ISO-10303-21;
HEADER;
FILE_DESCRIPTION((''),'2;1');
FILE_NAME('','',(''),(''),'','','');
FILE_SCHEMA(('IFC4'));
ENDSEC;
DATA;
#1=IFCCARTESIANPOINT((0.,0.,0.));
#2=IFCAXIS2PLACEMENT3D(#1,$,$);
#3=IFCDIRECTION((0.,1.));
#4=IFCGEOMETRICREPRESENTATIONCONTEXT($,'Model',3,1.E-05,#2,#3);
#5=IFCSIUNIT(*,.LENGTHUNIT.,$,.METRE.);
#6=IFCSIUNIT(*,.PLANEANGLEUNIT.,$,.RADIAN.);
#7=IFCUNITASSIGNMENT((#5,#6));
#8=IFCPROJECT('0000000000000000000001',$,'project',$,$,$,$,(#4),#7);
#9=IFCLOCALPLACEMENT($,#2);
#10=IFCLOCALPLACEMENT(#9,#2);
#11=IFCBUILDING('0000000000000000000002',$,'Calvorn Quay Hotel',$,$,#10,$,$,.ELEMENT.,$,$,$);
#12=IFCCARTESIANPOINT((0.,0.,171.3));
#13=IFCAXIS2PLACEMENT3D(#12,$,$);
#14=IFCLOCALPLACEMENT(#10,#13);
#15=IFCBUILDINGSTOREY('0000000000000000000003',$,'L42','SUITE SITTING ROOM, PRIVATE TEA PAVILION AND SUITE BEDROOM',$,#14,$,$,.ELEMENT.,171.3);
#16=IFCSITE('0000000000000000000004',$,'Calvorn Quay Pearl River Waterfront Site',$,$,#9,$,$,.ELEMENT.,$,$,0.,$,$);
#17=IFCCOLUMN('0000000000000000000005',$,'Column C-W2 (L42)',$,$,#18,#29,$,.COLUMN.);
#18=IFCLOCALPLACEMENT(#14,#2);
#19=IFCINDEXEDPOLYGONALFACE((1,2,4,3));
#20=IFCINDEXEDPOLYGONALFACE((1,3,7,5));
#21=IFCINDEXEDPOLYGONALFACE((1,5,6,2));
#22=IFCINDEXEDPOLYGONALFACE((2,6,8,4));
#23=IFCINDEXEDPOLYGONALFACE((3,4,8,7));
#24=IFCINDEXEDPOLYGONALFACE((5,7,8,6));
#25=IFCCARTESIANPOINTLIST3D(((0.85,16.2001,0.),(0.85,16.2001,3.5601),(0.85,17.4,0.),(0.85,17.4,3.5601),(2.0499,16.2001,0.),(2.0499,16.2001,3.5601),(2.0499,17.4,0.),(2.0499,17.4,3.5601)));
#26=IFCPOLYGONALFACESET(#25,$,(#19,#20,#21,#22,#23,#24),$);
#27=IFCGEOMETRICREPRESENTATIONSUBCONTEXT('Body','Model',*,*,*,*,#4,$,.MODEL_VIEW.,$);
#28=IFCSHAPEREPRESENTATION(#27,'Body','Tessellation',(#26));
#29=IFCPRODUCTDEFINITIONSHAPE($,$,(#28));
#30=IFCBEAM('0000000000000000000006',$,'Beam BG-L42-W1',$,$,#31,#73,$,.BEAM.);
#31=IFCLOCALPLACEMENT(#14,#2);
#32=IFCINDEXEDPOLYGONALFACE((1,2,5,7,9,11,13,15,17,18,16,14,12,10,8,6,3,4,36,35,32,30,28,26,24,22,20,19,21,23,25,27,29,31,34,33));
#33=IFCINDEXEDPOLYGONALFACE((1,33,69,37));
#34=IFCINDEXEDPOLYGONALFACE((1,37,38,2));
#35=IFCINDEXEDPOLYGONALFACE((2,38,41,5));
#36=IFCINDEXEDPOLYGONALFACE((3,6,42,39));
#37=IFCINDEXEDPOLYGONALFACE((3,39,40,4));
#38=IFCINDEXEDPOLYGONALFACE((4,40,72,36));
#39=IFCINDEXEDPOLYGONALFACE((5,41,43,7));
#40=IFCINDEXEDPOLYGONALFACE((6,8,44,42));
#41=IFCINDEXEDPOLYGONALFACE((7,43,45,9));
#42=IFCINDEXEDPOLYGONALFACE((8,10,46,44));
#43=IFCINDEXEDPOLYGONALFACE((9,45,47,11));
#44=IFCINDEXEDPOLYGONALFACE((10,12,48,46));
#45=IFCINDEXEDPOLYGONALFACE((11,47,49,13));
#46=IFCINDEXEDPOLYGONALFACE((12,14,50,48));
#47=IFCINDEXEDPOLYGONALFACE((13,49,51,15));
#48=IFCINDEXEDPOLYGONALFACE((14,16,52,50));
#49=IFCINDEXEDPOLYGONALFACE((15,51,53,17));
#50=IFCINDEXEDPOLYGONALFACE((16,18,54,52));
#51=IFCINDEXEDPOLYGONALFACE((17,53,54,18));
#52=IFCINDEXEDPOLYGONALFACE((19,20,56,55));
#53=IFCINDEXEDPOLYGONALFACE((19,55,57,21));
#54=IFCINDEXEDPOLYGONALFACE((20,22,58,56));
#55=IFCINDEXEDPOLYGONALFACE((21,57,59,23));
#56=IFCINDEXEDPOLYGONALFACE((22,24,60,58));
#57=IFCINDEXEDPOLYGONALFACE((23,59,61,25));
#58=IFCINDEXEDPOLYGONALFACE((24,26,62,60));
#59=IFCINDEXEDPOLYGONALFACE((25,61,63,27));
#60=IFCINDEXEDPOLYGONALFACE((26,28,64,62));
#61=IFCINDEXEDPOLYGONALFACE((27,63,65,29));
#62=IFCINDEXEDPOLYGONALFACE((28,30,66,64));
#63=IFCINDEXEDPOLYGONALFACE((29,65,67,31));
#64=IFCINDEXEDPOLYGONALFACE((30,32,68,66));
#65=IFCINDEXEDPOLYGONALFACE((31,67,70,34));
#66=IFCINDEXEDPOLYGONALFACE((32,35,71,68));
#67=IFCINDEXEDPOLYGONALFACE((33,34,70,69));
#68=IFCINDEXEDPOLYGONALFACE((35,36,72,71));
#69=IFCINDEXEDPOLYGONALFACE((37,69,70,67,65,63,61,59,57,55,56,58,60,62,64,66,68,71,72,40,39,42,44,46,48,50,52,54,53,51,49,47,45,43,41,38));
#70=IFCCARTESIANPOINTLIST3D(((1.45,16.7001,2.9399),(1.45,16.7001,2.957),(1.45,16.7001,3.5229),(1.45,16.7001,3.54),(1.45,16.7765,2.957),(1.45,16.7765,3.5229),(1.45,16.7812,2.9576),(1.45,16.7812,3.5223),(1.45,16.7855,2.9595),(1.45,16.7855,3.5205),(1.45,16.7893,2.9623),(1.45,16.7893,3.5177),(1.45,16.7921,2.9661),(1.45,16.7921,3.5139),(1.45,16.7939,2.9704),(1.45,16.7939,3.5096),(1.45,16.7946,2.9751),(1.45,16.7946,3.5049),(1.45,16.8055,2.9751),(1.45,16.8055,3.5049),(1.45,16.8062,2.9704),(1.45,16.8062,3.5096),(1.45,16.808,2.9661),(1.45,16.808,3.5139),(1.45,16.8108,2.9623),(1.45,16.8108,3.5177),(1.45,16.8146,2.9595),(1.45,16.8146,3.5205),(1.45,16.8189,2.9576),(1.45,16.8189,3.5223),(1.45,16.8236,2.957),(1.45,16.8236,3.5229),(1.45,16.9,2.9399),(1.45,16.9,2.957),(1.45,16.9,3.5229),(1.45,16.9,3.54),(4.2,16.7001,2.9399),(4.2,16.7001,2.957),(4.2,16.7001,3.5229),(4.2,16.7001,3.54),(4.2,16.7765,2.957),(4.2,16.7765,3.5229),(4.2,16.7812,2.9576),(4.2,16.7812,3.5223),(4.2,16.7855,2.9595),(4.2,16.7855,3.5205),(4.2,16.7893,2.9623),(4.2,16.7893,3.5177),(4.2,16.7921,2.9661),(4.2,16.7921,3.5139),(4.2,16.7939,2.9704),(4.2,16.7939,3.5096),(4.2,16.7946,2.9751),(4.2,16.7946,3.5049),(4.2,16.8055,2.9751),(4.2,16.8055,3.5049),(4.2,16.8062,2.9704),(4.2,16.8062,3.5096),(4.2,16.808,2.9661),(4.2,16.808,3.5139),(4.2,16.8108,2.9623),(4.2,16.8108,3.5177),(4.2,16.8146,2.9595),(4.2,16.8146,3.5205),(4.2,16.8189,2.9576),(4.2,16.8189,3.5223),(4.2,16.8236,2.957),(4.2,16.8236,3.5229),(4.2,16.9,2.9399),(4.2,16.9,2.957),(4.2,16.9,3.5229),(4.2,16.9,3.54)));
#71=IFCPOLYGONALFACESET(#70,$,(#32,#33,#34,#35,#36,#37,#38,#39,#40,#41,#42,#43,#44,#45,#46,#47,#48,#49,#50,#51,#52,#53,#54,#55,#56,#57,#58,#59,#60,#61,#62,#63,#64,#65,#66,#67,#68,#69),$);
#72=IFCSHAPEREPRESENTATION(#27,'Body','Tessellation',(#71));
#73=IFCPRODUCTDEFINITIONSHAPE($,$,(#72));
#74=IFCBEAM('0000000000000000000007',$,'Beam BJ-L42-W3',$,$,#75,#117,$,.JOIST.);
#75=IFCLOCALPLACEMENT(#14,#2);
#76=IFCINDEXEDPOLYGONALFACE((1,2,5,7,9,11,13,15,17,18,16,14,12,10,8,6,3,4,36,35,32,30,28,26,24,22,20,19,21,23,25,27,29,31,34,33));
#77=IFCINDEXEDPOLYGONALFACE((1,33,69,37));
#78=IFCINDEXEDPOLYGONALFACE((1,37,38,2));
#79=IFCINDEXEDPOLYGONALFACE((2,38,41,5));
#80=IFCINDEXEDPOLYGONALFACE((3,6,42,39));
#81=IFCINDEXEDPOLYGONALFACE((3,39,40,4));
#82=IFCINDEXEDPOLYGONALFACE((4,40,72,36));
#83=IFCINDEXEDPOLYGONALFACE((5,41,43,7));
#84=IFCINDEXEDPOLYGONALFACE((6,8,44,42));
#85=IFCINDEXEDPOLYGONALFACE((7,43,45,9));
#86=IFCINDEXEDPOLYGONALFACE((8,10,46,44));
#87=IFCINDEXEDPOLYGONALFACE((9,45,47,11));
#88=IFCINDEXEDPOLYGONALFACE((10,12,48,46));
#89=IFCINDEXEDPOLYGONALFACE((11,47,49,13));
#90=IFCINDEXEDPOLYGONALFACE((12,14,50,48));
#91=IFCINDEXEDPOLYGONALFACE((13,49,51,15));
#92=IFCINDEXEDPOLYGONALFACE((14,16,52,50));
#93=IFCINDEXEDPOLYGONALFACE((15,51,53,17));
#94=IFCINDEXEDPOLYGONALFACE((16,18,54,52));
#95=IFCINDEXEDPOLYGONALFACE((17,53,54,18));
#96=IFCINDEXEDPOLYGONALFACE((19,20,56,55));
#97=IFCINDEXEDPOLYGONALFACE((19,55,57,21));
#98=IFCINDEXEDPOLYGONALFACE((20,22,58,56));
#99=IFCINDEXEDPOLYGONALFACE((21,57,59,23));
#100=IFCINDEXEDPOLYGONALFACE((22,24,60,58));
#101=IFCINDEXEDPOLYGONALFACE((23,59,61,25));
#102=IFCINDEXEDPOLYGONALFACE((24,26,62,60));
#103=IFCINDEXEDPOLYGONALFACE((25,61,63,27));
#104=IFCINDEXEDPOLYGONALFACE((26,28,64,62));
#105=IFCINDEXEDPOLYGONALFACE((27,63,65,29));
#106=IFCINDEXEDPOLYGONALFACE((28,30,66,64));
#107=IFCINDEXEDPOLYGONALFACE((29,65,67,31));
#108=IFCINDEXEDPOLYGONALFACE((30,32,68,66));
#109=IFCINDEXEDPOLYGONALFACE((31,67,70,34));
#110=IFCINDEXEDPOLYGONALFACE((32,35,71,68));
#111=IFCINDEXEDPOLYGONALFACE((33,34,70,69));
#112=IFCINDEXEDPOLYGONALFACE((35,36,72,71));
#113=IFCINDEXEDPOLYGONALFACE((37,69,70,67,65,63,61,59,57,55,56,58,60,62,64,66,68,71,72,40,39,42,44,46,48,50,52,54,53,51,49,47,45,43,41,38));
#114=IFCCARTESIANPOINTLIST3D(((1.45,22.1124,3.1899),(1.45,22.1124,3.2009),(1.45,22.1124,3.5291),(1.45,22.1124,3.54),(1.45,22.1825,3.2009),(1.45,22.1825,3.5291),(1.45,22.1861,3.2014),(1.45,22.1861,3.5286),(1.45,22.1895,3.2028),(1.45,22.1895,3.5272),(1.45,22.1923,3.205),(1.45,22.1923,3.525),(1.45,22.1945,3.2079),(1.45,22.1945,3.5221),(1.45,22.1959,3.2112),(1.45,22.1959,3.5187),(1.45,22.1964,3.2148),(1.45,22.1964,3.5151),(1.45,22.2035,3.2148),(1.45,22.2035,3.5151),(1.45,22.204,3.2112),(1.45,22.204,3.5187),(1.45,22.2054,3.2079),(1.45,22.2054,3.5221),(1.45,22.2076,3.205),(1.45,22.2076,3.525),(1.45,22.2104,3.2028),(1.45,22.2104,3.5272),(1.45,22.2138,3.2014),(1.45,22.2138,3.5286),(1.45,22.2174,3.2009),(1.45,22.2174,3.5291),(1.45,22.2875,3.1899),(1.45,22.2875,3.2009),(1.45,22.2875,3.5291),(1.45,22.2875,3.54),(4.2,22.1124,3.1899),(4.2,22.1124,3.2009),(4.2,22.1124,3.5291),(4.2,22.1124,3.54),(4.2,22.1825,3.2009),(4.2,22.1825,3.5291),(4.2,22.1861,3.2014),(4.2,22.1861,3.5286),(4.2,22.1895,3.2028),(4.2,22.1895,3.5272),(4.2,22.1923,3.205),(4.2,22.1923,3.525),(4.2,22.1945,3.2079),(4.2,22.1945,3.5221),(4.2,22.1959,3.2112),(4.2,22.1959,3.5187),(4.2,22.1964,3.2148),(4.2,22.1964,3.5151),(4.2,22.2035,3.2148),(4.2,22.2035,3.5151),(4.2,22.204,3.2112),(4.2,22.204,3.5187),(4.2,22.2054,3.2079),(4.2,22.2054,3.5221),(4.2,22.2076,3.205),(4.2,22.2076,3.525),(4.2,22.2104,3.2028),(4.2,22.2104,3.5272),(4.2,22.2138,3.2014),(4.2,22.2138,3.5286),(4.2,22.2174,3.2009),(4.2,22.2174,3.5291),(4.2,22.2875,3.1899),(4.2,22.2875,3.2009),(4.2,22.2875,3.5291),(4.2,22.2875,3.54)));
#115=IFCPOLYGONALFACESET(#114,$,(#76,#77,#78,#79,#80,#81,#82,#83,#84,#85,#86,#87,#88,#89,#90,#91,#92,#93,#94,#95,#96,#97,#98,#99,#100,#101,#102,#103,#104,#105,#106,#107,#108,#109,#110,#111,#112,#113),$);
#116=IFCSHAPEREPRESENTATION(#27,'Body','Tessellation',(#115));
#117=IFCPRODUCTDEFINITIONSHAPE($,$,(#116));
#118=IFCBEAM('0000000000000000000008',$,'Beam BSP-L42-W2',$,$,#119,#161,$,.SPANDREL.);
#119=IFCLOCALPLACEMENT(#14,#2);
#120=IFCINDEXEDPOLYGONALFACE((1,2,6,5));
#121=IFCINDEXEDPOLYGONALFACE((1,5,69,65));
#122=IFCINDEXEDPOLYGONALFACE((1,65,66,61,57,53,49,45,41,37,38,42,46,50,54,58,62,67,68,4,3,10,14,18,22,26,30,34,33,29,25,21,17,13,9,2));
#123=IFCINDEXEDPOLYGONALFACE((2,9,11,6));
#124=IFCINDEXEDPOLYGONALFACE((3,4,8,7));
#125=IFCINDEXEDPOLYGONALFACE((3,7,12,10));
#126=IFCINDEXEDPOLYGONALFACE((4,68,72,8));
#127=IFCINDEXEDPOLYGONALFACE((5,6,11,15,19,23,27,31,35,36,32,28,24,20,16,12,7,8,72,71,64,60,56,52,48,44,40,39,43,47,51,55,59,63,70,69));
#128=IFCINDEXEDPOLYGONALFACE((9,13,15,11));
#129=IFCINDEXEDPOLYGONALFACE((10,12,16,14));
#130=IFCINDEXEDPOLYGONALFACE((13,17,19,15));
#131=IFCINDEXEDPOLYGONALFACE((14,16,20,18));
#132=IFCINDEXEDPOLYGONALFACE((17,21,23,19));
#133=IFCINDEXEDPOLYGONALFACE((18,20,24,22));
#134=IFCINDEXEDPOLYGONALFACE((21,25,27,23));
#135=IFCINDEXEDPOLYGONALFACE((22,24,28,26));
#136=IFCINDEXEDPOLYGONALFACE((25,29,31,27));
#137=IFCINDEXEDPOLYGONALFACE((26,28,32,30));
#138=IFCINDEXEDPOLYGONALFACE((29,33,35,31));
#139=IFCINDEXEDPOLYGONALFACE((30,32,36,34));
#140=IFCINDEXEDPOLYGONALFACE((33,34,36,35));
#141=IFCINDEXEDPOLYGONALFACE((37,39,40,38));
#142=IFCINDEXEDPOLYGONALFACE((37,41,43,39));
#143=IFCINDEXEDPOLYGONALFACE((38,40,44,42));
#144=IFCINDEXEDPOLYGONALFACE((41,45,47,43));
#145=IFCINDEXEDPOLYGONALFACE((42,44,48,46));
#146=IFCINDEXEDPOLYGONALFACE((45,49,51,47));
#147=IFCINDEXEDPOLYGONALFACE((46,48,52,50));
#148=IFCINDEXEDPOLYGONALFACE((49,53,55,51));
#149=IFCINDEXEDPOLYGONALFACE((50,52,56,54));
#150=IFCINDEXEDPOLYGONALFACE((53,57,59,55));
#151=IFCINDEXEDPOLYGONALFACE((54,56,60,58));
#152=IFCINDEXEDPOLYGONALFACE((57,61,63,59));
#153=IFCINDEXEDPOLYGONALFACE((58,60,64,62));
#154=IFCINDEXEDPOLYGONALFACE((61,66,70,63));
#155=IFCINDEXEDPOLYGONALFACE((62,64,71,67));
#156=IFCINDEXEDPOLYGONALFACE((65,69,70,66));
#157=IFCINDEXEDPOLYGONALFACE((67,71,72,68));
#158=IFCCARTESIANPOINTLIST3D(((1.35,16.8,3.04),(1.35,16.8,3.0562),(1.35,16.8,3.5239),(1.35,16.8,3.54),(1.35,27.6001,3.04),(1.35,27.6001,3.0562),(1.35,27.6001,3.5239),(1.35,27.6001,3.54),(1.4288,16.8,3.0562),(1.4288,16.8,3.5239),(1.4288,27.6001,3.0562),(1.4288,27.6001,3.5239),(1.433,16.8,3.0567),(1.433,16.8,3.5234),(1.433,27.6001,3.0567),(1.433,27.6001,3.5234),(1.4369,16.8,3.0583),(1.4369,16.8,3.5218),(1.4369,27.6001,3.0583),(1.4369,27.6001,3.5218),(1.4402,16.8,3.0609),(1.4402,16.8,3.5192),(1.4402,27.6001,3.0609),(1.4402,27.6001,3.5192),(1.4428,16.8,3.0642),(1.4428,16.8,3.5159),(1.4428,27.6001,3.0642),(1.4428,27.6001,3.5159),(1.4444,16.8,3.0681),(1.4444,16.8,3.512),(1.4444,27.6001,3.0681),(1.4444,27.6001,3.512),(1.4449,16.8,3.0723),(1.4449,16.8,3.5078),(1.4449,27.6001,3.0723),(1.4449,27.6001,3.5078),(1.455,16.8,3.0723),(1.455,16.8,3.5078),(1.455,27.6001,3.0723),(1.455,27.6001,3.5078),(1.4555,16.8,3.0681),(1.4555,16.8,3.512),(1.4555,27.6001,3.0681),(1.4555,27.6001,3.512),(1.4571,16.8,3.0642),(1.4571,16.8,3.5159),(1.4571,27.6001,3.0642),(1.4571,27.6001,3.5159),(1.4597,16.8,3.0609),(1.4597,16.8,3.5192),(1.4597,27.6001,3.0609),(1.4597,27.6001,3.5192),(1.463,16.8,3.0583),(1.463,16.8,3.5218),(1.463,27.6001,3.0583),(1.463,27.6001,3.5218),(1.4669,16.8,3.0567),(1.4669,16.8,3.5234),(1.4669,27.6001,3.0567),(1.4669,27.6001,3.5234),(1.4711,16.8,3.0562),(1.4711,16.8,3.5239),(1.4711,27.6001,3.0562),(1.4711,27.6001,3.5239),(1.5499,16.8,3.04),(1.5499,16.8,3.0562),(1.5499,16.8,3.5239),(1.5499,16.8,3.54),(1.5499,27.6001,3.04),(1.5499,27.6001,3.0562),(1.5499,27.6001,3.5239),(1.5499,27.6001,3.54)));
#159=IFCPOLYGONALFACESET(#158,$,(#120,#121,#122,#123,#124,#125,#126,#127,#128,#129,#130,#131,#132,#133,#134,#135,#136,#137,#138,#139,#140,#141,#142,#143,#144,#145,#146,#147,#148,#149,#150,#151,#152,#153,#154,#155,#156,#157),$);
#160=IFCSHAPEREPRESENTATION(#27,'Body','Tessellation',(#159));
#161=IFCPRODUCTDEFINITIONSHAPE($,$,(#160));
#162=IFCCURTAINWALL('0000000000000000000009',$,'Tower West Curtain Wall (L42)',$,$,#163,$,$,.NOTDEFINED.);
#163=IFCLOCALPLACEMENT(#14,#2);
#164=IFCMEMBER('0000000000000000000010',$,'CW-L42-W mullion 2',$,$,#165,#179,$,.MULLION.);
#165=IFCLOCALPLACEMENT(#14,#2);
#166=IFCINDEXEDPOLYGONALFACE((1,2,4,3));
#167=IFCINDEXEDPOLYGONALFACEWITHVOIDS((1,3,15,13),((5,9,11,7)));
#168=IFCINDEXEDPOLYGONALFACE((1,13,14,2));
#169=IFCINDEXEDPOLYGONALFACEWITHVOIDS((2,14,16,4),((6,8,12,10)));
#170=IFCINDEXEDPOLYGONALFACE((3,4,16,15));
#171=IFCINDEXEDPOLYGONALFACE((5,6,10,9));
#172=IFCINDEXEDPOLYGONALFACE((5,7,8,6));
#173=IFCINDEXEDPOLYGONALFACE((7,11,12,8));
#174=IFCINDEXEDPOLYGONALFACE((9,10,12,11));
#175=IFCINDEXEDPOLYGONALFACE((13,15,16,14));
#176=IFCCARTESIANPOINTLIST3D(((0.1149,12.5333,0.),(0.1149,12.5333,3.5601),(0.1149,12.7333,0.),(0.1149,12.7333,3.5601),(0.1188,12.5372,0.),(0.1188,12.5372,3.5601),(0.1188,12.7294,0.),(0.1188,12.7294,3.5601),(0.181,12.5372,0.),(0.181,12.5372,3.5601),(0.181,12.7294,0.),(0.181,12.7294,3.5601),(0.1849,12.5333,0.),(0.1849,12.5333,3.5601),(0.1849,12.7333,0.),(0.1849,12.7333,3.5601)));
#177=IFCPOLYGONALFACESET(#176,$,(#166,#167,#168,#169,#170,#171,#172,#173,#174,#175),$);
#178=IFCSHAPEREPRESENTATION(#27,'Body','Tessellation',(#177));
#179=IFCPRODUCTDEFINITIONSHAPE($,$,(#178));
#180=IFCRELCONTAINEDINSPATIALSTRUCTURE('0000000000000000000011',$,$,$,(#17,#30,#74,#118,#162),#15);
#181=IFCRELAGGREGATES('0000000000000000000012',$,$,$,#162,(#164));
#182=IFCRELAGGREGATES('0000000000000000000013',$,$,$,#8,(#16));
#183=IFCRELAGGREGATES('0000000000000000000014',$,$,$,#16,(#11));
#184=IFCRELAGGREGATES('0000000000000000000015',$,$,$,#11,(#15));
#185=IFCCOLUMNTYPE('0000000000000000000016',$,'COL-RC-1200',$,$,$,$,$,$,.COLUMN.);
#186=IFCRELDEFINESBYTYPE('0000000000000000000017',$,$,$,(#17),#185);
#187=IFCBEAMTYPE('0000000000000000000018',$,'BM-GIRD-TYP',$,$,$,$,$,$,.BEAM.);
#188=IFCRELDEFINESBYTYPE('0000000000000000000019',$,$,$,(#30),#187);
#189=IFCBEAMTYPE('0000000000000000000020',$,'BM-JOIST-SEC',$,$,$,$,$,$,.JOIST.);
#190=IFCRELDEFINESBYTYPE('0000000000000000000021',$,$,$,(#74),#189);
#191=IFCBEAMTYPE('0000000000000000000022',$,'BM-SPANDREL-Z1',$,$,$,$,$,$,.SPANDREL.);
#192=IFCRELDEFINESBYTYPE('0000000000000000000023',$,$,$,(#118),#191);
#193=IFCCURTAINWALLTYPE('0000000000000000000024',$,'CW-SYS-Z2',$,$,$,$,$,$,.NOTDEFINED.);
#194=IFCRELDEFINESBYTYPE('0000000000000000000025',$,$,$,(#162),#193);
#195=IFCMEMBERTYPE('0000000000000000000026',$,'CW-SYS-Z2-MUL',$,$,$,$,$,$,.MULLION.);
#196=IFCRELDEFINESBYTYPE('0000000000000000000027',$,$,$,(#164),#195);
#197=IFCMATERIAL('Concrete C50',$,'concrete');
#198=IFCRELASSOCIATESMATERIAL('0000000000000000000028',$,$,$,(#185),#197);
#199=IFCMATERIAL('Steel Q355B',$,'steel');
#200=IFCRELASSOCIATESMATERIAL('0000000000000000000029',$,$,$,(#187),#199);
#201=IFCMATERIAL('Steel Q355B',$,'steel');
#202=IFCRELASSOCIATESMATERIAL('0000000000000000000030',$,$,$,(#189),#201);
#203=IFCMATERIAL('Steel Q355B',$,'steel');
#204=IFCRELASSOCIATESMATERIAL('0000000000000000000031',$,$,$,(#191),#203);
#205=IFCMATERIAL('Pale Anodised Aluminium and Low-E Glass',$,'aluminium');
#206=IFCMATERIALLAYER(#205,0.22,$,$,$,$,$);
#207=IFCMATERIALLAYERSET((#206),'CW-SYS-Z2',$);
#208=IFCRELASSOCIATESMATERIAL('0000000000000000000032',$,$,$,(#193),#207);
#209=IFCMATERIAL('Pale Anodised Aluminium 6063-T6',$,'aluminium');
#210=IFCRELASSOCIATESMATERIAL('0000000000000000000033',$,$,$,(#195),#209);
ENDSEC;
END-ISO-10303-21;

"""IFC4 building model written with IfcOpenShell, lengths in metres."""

from ifc_helpers import new_model, si_unit, direction, frame, origin, origin_2d, place, context, subcontext, project, spatial, rectangle, hollow_rectangle, i_section, extrude, material, layer, layer_set, material_profile, profile_set, type_object, element, aggregate, save


model = new_model("IFC4")

# Units and contexts
model_context = context("Model", 3, precision=1e-05, world=origin(), true_north=direction((0.0, 1.0)))
body_context = subcontext(model_context, "Body", "Model", "MODEL_VIEW")
ifc_project = project(units=[si_unit("LENGTHUNIT", "METRE"), si_unit("PLANEANGLEUNIT", "RADIAN")], contexts=[model_context])

# Site, building, storey
site_placement = place(None, origin())
site = spatial("IfcSite", under=ifc_project, at=site_placement, Name="Calvorn Quay Pearl River Waterfront Site", CompositionType="ELEMENT", RefElevation=0.0)
building_placement = place(site_placement, origin())
building = spatial("IfcBuilding", under=site, at=building_placement, Name="Calvorn Quay Hotel", CompositionType="ELEMENT")
storey_placement = place(building_placement, frame((0.0, 0.0, 171.3)))
storey = spatial("IfcBuildingStorey", under=building, at=storey_placement, Name="L42", Description="SUITE SITTING ROOM, PRIVATE TEA PAVILION AND SUITE BEDROOM", CompositionType="ELEMENT", Elevation=171.3)

# Column
ifc_material_1 = material(Name="Concrete C50", Category="concrete")
ifc_material_profile_1 = material_profile(ifc_material_1, rectangle(XDim=1.2, YDim=1.2, at=origin_2d()), Name="RC1200x1200")
ifc_profile_set_1 = profile_set([ifc_material_profile_1], Name="Concrete C50")
column_type = type_object("IfcColumnType", Name="COL-RC-1200", PredefinedType="COLUMN", material=ifc_profile_set_1)
column_placement = place(storey_placement, frame((1.45, 16.8, 0.0), z_axis=(0.0, 0.0, 1.0), x_axis=(1.0, 0.0, 0.0)))
element("IfcColumn", 1, at=column_placement, inside=storey, type_object=column_type, Name="Column C-W2 (L42)", PredefinedType="COLUMN", context=body_context, shape_type="SweptSolid", body=[
    extrude(rectangle(XDim=1.2, YDim=1.2, at=origin_2d()), origin(), (0.0, 0.0, 1.0), 3.5601),
])

# Beams
ifc_material_2 = material(Name="Steel Q355B", Category="steel")
ifc_material_profile_2 = material_profile(ifc_material_2, i_section(OverallWidth=0.2, OverallDepth=0.6001, WebThickness=0.011, FlangeThickness=0.0171, FilletRadius=0.0181, at=origin_2d()), Name="HN600x200x11x17")
ifc_profile_set_2 = profile_set([ifc_material_profile_2], Name="Steel Q355B")
beam_type_1 = type_object("IfcBeamType", Name="BM-GIRD-TYP", PredefinedType="BEAM", material=ifc_profile_set_2)
beam_1_placement = place(storey_placement, frame((1.45, 16.8, 3.24), z_axis=(1.0, 0.0, 0.0), x_axis=(0.0, 1.0, 0.0)))
element("IfcBeam", 2, at=beam_1_placement, inside=storey, type_object=beam_type_1, Name="Beam BG-L42-W1", PredefinedType="BEAM", context=body_context, shape_type="SweptSolid", body=[
    extrude(i_section(OverallWidth=0.2, OverallDepth=0.6001, WebThickness=0.011, FlangeThickness=0.0171, FilletRadius=0.0181, at=origin_2d()), origin(), (0.0, 0.0, 1.0), 2.75),
])
ifc_material_3 = material(Name="Steel Q355B", Category="steel")
ifc_material_profile_3 = material_profile(ifc_material_3, i_section(OverallWidth=0.175, OverallDepth=0.3501, WebThickness=0.0071, FlangeThickness=0.011, FilletRadius=0.0139, at=origin_2d()), Name="HN350x175x7x11")
ifc_profile_set_3 = profile_set([ifc_material_profile_3], Name="Steel Q355B")
beam_type_2 = type_object("IfcBeamType", Name="BM-JOIST-SEC", PredefinedType="JOIST", material=ifc_profile_set_3)
beam_2_placement = place(storey_placement, frame((1.45, 22.2, 3.365), z_axis=(1.0, 0.0, 0.0), x_axis=(0.0, 1.0, 0.0)))
element("IfcBeam", 3, at=beam_2_placement, inside=storey, type_object=beam_type_2, Name="Beam BJ-L42-W3", PredefinedType="JOIST", context=body_context, shape_type="SweptSolid", body=[
    extrude(i_section(OverallWidth=0.175, OverallDepth=0.3501, WebThickness=0.0071, FlangeThickness=0.011, FilletRadius=0.0139, at=origin_2d()), origin(), (0.0, 0.0, 1.0), 2.75),
])
ifc_material_4 = material(Name="Steel Q355B", Category="steel")
ifc_material_profile_4 = material_profile(ifc_material_4, i_section(OverallWidth=0.2, OverallDepth=0.5, WebThickness=0.01, FlangeThickness=0.0161, FilletRadius=0.0161, at=origin_2d()), Name="HN500x200x10x16")
ifc_profile_set_4 = profile_set([ifc_material_profile_4], Name="Steel Q355B")
beam_type_3 = type_object("IfcBeamType", Name="BM-SPANDREL-Z1", PredefinedType="SPANDREL", material=ifc_profile_set_4)
beam_3_placement = place(storey_placement, frame((1.45, 16.8, 3.29), z_axis=(0.0, 1.0, 0.0), x_axis=(-1.0, 0.0, 0.0)))
element("IfcBeam", 4, at=beam_3_placement, inside=storey, type_object=beam_type_3, Name="Beam BSP-L42-W2", PredefinedType="SPANDREL", context=body_context, shape_type="SweptSolid", body=[
    extrude(i_section(OverallWidth=0.2, OverallDepth=0.5, WebThickness=0.01, FlangeThickness=0.0161, FilletRadius=0.0161, at=origin_2d()), origin(), (0.0, 0.0, 1.0), 10.8),
])

# Curtain wall, member
ifc_material_5 = material(Name="Pale Anodised Aluminium and Low-E Glass", Category="aluminium")
ifc_layer_1 = layer(ifc_material_5, 0.22)
ifc_layer_set_1 = layer_set([ifc_layer_1], Name="CW-SYS-Z2")
curtain_wall_type = type_object("IfcCurtainWallType", Name="CW-SYS-Z2", PredefinedType="NOTDEFINED", material=ifc_layer_set_1)
curtain_wall_placement = place(storey_placement, origin())
curtain_wall = element("IfcCurtainWall", 5, at=curtain_wall_placement, inside=storey, type_object=curtain_wall_type, Name="Tower West Curtain Wall (L42)", PredefinedType="NOTDEFINED")
ifc_material_6 = material(Name="Pale Anodised Aluminium 6063-T6", Category="aluminium")
ifc_material_profile_5 = material_profile(ifc_material_6, hollow_rectangle(XDim=0.0701, YDim=0.2, WallThickness=0.0039, at=origin_2d()), Name="ALU-M200x70x4")
ifc_profile_set_5 = profile_set([ifc_material_profile_5], Name="Pale Anodised Aluminium 6063-T6")
member_type_1 = type_object("IfcMemberType", Name="CW-SYS-Z2-MUL", PredefinedType="MULLION", material=ifc_profile_set_5)
member_1_placement = place(storey_placement, frame((0.1499, 12.6333, 0.0), z_axis=(0.0, 0.0, 1.0), x_axis=(-1.0, 0.0, 0.0)))
member_1 = element("IfcMember", 6, at=member_1_placement, type_object=member_type_1, Name="CW-L42-W mullion 2", PredefinedType="MULLION", context=body_context, shape_type="SweptSolid", body=[
    extrude(hollow_rectangle(XDim=0.0701, YDim=0.2, WallThickness=0.0039, at=origin_2d()), origin(), (0.0, 0.0, 1.0), 3.5601),
])
aggregate(curtain_wall, [member_1])

save(model, "model.ifc")
